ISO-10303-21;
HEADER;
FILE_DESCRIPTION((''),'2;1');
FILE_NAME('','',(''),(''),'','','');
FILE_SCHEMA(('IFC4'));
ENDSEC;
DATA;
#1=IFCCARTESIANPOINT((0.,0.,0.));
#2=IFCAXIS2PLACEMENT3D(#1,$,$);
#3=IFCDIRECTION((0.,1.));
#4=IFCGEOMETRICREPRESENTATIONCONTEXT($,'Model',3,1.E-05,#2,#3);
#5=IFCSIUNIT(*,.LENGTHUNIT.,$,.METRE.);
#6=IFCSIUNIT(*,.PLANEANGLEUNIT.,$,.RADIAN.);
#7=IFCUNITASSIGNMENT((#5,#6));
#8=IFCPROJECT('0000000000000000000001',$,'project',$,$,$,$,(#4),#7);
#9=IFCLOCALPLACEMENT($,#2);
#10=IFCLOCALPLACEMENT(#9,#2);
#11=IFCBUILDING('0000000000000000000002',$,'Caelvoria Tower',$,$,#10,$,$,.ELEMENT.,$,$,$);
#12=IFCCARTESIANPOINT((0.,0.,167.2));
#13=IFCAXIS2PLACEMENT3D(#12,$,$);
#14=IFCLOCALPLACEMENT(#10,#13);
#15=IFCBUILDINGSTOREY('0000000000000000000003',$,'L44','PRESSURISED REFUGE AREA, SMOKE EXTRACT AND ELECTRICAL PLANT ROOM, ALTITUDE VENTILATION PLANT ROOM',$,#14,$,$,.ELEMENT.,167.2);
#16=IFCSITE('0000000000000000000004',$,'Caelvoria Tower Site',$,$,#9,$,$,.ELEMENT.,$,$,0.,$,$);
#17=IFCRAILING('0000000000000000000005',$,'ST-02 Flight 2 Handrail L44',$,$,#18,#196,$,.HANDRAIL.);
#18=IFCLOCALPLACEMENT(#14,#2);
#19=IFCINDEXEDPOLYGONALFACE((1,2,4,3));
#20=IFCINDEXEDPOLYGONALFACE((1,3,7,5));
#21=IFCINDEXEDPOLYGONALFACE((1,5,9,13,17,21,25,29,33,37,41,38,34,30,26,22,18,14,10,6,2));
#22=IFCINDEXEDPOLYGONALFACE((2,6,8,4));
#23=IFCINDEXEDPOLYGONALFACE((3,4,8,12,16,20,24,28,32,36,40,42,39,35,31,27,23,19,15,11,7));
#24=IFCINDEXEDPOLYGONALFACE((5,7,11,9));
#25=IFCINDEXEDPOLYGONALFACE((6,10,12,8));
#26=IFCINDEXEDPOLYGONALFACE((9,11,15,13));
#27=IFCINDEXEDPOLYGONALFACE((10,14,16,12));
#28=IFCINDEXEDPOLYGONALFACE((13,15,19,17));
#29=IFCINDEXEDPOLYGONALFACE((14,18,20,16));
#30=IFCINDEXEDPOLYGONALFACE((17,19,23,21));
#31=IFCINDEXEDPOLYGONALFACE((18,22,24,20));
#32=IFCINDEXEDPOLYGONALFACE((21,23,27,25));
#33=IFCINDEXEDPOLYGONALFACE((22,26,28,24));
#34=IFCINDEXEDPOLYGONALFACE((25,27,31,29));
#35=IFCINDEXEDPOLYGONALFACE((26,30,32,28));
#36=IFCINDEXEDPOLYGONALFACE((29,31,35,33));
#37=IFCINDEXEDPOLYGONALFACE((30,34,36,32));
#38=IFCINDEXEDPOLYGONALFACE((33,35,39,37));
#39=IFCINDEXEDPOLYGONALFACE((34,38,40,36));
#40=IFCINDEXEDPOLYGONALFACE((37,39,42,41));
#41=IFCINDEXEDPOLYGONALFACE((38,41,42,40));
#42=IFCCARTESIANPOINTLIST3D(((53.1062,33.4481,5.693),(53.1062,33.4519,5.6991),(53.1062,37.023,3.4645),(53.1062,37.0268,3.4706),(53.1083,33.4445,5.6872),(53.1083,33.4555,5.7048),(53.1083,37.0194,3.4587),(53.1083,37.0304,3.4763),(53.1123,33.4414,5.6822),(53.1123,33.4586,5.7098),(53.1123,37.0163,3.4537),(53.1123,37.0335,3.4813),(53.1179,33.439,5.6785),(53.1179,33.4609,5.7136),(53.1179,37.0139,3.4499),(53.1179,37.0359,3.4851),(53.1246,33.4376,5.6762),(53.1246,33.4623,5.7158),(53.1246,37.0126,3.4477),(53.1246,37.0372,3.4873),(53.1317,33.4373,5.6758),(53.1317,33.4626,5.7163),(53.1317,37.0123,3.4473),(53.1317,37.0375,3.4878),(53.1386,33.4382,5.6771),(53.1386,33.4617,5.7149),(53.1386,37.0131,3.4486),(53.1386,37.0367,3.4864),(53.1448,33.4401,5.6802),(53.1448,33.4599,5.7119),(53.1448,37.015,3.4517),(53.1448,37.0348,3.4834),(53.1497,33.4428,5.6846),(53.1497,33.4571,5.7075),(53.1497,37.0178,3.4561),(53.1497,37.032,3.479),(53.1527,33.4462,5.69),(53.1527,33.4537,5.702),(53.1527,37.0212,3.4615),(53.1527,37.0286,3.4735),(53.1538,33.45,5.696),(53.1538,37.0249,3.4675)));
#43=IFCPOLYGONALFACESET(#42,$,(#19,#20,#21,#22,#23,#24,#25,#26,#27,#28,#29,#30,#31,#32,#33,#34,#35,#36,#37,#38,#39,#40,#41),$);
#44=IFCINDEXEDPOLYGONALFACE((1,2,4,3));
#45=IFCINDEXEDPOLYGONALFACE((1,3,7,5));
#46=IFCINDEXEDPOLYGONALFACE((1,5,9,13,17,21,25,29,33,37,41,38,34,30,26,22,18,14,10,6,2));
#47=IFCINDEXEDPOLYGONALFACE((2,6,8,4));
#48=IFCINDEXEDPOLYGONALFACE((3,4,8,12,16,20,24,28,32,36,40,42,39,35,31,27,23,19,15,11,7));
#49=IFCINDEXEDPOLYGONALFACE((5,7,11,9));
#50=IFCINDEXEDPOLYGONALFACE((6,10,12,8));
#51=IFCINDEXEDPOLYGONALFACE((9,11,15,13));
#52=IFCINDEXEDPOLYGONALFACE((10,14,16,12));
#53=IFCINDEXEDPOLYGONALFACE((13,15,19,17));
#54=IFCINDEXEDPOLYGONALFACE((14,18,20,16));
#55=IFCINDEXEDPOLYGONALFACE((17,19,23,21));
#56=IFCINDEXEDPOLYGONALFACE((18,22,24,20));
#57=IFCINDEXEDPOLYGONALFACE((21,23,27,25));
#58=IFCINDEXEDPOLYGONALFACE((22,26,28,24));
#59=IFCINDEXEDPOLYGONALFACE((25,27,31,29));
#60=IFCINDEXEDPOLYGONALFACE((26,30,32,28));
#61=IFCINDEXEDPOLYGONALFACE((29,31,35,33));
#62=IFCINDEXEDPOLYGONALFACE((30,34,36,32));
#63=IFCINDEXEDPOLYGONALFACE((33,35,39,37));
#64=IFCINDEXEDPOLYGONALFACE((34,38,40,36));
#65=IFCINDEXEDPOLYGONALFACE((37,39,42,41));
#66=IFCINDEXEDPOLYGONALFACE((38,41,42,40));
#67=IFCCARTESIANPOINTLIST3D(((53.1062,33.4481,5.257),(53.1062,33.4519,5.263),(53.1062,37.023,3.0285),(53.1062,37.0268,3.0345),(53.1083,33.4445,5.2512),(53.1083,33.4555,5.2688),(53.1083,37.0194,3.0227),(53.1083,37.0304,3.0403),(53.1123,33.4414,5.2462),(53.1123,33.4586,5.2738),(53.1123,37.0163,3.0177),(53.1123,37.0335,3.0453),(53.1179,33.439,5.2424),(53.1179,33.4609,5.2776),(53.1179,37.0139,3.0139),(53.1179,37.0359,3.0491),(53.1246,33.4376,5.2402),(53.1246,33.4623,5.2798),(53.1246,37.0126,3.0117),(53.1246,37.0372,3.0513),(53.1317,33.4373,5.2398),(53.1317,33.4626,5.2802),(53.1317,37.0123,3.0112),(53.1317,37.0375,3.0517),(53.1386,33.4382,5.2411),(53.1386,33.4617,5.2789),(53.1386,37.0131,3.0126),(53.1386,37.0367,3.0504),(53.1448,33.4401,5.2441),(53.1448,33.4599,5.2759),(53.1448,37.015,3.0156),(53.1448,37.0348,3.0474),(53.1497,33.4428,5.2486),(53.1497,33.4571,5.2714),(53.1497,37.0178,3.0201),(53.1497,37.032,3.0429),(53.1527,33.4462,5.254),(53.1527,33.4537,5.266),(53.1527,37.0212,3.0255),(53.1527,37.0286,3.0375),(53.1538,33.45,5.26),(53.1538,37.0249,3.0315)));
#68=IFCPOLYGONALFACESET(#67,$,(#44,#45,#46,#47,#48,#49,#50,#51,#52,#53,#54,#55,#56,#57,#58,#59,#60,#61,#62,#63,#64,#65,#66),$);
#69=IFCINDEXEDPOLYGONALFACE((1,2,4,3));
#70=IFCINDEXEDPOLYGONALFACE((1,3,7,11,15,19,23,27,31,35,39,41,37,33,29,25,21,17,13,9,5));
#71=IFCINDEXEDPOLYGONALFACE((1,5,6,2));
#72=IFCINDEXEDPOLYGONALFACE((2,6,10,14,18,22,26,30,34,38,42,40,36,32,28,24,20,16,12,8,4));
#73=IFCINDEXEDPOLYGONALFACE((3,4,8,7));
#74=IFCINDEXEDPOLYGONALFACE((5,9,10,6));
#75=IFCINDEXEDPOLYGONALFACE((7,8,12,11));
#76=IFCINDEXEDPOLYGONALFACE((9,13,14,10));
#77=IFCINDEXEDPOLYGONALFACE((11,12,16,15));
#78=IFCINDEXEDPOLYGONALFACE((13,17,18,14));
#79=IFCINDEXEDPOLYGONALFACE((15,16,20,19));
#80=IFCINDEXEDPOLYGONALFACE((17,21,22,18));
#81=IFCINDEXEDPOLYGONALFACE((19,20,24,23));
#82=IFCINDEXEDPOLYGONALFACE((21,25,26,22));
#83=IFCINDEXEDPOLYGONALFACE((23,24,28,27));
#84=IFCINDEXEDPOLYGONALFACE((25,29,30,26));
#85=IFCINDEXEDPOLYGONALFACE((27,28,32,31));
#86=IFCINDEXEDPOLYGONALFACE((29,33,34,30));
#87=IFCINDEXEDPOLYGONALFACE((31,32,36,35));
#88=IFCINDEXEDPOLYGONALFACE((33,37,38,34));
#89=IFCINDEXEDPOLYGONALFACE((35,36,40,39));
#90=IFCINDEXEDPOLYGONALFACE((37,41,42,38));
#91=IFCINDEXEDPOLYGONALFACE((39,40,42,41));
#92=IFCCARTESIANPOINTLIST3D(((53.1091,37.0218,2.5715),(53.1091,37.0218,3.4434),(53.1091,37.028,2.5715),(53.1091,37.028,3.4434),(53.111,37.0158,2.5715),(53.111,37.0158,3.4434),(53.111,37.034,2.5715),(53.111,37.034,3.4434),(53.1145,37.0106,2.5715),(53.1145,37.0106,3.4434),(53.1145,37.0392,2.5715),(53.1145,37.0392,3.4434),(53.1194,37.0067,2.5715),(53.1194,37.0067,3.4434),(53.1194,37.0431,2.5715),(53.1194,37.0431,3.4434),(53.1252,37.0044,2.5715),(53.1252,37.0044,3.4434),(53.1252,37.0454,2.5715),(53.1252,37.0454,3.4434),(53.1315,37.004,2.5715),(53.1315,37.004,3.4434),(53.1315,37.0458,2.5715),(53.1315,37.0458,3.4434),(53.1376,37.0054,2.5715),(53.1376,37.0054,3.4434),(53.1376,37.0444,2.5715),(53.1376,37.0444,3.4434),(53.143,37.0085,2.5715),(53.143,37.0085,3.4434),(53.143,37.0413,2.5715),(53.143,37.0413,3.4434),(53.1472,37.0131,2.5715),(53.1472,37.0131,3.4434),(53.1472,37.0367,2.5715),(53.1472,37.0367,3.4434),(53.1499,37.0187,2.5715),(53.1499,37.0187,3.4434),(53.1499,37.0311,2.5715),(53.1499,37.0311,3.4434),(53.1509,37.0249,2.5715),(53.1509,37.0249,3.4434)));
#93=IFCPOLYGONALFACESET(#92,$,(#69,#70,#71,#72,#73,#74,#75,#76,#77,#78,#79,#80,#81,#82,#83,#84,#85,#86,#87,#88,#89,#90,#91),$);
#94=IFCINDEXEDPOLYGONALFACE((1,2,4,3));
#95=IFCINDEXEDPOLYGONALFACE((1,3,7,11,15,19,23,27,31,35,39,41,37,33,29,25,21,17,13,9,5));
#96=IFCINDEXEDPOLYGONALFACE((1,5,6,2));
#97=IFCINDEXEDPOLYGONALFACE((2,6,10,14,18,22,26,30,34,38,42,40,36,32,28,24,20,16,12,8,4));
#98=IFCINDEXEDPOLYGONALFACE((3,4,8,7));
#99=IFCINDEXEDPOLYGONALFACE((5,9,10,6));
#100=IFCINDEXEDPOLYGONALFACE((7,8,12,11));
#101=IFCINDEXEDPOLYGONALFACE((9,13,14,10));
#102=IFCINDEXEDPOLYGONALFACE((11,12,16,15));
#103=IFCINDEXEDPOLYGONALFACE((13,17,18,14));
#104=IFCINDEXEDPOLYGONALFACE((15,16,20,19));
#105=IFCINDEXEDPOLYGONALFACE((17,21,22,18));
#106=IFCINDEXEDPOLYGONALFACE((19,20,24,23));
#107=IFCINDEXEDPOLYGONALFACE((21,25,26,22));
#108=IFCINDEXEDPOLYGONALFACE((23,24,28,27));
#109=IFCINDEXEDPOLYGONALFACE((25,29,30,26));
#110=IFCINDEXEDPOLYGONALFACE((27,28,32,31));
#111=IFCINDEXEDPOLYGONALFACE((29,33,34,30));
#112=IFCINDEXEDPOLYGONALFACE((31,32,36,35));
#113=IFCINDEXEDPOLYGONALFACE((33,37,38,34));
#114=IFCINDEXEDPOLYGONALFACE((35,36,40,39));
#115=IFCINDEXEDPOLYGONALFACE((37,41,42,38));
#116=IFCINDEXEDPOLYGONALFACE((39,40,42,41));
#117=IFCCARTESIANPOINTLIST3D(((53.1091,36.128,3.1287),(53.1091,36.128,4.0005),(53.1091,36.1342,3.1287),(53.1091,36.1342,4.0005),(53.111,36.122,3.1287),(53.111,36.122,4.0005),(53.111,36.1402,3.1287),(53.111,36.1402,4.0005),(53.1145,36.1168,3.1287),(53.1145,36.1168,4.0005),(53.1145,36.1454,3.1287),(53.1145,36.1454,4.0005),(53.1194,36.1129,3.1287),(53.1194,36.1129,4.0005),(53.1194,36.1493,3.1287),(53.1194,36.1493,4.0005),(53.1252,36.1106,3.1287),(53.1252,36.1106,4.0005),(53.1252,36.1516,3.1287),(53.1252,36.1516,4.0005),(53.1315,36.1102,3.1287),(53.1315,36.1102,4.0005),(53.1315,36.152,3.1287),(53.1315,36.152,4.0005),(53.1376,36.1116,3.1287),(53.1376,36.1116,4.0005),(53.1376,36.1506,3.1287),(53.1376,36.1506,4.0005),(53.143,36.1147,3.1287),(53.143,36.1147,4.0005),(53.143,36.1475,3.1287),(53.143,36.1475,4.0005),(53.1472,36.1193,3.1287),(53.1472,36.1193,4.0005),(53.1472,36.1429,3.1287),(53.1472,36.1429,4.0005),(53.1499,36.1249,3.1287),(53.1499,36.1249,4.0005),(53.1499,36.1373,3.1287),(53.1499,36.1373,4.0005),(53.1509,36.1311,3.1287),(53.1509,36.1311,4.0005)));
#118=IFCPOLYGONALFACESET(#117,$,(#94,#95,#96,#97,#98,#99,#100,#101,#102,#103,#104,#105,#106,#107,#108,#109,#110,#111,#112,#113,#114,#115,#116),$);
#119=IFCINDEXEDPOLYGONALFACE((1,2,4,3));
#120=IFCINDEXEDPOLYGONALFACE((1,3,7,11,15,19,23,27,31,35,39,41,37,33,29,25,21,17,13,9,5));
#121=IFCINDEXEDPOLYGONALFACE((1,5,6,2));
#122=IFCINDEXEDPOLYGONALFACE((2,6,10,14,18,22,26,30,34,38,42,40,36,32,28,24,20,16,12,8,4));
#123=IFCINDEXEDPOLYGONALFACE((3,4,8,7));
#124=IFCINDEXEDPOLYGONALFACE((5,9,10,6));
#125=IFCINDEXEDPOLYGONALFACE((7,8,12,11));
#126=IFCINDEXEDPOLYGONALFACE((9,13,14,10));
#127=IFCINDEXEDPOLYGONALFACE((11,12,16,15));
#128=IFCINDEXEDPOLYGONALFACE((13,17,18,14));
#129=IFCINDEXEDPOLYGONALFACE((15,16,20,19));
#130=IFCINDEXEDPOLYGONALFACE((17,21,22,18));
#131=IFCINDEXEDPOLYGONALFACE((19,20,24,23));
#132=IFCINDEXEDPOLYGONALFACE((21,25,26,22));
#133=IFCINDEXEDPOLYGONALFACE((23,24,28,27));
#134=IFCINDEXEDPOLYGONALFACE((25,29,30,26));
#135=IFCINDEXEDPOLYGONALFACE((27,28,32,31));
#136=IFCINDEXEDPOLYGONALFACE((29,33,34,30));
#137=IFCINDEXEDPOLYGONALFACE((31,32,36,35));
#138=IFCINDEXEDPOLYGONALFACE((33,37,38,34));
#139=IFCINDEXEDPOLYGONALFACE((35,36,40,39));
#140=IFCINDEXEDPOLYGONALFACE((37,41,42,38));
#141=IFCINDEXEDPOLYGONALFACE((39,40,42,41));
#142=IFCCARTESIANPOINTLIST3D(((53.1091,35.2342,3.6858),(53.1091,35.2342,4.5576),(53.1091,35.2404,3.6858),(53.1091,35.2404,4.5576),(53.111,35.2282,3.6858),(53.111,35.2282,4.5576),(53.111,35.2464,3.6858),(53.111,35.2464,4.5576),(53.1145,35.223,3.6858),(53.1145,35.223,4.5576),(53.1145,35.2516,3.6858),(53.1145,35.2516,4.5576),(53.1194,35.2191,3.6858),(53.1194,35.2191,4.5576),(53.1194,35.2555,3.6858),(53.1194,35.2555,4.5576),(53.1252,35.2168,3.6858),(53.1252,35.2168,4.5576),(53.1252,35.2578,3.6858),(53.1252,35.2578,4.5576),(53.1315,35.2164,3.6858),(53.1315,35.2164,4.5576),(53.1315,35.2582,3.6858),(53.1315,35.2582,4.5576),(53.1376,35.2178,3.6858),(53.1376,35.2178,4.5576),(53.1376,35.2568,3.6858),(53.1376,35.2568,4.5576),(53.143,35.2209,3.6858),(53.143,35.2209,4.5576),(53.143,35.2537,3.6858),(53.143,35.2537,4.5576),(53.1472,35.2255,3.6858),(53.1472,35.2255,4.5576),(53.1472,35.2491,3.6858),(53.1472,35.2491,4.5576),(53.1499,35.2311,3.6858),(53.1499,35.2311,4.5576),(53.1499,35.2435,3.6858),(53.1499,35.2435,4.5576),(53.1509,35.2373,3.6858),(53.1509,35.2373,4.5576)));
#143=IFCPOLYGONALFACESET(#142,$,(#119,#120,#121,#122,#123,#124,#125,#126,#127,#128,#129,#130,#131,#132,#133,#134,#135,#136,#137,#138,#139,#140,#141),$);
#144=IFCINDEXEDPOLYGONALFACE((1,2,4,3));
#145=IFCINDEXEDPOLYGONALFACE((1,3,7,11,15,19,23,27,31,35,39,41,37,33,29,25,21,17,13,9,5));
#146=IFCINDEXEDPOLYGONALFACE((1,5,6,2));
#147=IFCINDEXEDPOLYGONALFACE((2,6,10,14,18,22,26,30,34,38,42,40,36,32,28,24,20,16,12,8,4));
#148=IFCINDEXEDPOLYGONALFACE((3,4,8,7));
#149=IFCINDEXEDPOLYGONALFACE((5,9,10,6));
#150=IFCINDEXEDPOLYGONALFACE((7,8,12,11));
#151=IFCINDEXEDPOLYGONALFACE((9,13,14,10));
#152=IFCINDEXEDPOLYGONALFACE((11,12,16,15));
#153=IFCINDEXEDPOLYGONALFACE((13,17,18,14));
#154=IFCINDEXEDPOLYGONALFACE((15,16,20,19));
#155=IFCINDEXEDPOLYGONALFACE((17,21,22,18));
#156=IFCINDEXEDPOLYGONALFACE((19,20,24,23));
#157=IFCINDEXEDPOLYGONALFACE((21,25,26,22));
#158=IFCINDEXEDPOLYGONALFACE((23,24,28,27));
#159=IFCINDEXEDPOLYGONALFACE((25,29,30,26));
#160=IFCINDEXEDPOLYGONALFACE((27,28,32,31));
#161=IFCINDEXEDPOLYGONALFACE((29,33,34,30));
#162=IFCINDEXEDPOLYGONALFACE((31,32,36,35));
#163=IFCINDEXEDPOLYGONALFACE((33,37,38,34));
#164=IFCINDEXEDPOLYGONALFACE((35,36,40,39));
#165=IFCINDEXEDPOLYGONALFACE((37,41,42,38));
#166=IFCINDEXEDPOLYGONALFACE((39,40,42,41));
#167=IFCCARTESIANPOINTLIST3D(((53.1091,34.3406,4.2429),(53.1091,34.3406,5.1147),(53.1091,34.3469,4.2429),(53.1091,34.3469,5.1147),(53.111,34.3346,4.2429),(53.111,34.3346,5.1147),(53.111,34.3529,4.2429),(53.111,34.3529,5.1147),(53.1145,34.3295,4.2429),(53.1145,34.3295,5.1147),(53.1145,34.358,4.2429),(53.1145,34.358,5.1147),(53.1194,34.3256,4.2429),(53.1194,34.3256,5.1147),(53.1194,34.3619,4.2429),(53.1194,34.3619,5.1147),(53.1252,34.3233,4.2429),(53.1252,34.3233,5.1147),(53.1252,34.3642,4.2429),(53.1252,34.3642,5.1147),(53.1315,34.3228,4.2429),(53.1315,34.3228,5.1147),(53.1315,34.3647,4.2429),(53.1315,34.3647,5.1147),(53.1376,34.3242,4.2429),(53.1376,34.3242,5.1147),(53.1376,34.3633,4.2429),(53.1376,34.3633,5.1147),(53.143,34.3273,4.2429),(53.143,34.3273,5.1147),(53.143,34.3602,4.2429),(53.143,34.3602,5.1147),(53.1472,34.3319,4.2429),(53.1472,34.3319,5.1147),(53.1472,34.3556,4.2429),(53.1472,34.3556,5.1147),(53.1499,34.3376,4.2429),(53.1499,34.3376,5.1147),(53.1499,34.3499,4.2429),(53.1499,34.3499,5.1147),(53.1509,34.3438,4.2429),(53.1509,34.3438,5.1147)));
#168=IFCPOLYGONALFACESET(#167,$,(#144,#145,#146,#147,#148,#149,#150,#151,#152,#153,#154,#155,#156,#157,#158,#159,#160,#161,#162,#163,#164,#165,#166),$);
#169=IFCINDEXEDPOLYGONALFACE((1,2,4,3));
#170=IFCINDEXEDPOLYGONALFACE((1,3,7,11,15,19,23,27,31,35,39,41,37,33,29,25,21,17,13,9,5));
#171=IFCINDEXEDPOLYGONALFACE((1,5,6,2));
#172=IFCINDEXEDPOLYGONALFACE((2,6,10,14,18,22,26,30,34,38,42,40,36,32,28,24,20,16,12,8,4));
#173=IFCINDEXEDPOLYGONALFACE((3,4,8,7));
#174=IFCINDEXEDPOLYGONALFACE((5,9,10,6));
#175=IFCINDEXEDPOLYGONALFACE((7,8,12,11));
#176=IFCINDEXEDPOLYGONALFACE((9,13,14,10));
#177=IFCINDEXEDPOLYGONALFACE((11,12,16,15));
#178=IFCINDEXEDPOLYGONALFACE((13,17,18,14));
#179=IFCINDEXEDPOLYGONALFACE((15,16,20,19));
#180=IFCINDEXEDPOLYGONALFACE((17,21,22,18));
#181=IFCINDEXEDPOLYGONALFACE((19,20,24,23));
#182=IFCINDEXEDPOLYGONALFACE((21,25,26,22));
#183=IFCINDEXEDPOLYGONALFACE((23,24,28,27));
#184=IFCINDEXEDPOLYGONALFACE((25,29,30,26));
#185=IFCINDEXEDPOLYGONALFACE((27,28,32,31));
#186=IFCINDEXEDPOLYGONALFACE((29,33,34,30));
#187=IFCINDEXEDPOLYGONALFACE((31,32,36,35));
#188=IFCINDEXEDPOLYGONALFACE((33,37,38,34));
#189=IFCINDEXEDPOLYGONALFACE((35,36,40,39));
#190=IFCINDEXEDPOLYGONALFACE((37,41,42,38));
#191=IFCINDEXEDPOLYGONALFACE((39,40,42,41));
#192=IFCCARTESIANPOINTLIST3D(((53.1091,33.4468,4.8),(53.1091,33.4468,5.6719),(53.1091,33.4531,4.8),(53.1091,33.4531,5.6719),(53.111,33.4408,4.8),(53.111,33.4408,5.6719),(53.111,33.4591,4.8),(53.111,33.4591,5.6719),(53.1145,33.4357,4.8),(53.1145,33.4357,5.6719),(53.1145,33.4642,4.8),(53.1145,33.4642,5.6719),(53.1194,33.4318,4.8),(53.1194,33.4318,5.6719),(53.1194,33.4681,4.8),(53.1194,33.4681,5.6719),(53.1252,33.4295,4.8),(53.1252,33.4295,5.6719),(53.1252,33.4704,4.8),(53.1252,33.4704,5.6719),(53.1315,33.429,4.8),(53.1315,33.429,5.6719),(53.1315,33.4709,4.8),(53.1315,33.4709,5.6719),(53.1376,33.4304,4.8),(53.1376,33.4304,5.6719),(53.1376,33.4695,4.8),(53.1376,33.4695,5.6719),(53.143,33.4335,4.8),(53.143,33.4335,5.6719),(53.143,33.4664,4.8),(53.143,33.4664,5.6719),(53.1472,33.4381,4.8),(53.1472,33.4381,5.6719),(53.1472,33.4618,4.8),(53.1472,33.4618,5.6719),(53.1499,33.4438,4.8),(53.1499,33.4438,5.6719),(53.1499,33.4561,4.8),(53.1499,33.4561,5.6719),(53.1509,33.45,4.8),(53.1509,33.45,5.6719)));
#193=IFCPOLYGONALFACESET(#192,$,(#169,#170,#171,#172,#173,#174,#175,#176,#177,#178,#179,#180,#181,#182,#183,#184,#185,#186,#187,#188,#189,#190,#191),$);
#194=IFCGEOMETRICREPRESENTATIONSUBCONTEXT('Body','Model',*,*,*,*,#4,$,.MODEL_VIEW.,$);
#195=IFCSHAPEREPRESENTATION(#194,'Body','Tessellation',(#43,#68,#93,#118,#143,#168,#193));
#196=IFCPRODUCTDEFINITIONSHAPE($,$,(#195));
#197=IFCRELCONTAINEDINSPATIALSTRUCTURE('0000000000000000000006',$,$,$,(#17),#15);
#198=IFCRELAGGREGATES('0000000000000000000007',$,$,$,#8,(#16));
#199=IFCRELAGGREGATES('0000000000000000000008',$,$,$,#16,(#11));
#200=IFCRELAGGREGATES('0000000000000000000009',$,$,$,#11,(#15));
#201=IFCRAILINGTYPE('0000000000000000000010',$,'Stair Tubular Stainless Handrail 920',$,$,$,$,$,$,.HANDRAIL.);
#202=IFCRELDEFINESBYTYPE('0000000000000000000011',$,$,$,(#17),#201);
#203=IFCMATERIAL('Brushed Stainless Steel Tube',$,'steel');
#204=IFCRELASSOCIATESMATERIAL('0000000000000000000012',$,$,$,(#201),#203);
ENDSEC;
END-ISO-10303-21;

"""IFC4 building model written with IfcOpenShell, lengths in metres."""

from ifc_helpers import new_model, si_unit, direction, frame, origin, origin_2d, place, context, subcontext, project, spatial, circle, extrude, material, type_object, element, save


model = new_model("IFC4")

# Units and contexts
model_context = context("Model", 3, precision=1e-05, world=origin(), true_north=direction((0.0, 1.0)))
body_context = subcontext(model_context, "Body", "Model", "MODEL_VIEW")
ifc_project = project(units=[si_unit("LENGTHUNIT", "METRE"), si_unit("PLANEANGLEUNIT", "RADIAN")], contexts=[model_context])

# Site, building, storey
site_placement = place(None, origin())
site = spatial("IfcSite", under=ifc_project, at=site_placement, Name="Caelvoria Tower Site", CompositionType="ELEMENT", RefElevation=0.0)
building_placement = place(site_placement, origin())
building = spatial("IfcBuilding", under=site, at=building_placement, Name="Caelvoria Tower", CompositionType="ELEMENT")
storey_placement = place(building_placement, frame((0.0, 0.0, 167.2)))
storey = spatial("IfcBuildingStorey", under=building, at=storey_placement, Name="L44", Description="PRESSURISED REFUGE AREA, SMOKE EXTRACT AND ELECTRICAL PLANT ROOM, ALTITUDE VENTILATION PLANT ROOM", CompositionType="ELEMENT", Elevation=167.2)

# Railing
ifc_material_1 = material(Name="Brushed Stainless Steel Tube", Category="steel")
railing_type_1 = type_object("IfcRailingType", Name="Stair Tubular Stainless Handrail 920", PredefinedType="HANDRAIL", material=ifc_material_1)
railing_1_placement = place(storey_placement, frame((53.1299, 37.0249, 2.5715)))
element("IfcRailing", 1, at=railing_1_placement, inside=storey, type_object=railing_type_1, Name="ST-02 Flight 2 Handrail L44", PredefinedType="HANDRAIL", context=body_context, shape_type="SweptSolid", body=[
    extrude(circle(Radius=0.0239, at=origin_2d()), frame((0.0, 0.0, 0.896), z_axis=(0.0, -0.84862, 0.529004), x_axis=(1.0, 0.0, 0.0)), (0.0, 0.0, 1.0), 4.2126),
    extrude(circle(Radius=0.0239, at=origin_2d()), frame((0.0, 0.0, 0.46), z_axis=(0.0, -0.84862, 0.529004), x_axis=(1.0, 0.0, 0.0)), (0.0, 0.0, 1.0), 4.2126),
    extrude(circle(Radius=0.021, at=origin_2d()), origin(), (0.0, 0.0, 1.0), 0.8718),
    extrude(circle(Radius=0.021, at=origin_2d()), frame((0.0, -0.8938, 0.5571)), (0.0, 0.0, 1.0), 0.8718),
    extrude(circle(Radius=0.021, at=origin_2d()), frame((0.0, -1.7876, 1.1143)), (0.0, 0.0, 1.0), 0.8718),
    extrude(circle(Radius=0.021, at=origin_2d()), frame((0.0, -2.6812, 1.6714)), (0.0, 0.0, 1.0), 0.8718),
    extrude(circle(Radius=0.021, at=origin_2d()), frame((0.0, -3.575, 2.2285)), (0.0, 0.0, 1.0), 0.8718),
])

save(model, "model.ifc")
